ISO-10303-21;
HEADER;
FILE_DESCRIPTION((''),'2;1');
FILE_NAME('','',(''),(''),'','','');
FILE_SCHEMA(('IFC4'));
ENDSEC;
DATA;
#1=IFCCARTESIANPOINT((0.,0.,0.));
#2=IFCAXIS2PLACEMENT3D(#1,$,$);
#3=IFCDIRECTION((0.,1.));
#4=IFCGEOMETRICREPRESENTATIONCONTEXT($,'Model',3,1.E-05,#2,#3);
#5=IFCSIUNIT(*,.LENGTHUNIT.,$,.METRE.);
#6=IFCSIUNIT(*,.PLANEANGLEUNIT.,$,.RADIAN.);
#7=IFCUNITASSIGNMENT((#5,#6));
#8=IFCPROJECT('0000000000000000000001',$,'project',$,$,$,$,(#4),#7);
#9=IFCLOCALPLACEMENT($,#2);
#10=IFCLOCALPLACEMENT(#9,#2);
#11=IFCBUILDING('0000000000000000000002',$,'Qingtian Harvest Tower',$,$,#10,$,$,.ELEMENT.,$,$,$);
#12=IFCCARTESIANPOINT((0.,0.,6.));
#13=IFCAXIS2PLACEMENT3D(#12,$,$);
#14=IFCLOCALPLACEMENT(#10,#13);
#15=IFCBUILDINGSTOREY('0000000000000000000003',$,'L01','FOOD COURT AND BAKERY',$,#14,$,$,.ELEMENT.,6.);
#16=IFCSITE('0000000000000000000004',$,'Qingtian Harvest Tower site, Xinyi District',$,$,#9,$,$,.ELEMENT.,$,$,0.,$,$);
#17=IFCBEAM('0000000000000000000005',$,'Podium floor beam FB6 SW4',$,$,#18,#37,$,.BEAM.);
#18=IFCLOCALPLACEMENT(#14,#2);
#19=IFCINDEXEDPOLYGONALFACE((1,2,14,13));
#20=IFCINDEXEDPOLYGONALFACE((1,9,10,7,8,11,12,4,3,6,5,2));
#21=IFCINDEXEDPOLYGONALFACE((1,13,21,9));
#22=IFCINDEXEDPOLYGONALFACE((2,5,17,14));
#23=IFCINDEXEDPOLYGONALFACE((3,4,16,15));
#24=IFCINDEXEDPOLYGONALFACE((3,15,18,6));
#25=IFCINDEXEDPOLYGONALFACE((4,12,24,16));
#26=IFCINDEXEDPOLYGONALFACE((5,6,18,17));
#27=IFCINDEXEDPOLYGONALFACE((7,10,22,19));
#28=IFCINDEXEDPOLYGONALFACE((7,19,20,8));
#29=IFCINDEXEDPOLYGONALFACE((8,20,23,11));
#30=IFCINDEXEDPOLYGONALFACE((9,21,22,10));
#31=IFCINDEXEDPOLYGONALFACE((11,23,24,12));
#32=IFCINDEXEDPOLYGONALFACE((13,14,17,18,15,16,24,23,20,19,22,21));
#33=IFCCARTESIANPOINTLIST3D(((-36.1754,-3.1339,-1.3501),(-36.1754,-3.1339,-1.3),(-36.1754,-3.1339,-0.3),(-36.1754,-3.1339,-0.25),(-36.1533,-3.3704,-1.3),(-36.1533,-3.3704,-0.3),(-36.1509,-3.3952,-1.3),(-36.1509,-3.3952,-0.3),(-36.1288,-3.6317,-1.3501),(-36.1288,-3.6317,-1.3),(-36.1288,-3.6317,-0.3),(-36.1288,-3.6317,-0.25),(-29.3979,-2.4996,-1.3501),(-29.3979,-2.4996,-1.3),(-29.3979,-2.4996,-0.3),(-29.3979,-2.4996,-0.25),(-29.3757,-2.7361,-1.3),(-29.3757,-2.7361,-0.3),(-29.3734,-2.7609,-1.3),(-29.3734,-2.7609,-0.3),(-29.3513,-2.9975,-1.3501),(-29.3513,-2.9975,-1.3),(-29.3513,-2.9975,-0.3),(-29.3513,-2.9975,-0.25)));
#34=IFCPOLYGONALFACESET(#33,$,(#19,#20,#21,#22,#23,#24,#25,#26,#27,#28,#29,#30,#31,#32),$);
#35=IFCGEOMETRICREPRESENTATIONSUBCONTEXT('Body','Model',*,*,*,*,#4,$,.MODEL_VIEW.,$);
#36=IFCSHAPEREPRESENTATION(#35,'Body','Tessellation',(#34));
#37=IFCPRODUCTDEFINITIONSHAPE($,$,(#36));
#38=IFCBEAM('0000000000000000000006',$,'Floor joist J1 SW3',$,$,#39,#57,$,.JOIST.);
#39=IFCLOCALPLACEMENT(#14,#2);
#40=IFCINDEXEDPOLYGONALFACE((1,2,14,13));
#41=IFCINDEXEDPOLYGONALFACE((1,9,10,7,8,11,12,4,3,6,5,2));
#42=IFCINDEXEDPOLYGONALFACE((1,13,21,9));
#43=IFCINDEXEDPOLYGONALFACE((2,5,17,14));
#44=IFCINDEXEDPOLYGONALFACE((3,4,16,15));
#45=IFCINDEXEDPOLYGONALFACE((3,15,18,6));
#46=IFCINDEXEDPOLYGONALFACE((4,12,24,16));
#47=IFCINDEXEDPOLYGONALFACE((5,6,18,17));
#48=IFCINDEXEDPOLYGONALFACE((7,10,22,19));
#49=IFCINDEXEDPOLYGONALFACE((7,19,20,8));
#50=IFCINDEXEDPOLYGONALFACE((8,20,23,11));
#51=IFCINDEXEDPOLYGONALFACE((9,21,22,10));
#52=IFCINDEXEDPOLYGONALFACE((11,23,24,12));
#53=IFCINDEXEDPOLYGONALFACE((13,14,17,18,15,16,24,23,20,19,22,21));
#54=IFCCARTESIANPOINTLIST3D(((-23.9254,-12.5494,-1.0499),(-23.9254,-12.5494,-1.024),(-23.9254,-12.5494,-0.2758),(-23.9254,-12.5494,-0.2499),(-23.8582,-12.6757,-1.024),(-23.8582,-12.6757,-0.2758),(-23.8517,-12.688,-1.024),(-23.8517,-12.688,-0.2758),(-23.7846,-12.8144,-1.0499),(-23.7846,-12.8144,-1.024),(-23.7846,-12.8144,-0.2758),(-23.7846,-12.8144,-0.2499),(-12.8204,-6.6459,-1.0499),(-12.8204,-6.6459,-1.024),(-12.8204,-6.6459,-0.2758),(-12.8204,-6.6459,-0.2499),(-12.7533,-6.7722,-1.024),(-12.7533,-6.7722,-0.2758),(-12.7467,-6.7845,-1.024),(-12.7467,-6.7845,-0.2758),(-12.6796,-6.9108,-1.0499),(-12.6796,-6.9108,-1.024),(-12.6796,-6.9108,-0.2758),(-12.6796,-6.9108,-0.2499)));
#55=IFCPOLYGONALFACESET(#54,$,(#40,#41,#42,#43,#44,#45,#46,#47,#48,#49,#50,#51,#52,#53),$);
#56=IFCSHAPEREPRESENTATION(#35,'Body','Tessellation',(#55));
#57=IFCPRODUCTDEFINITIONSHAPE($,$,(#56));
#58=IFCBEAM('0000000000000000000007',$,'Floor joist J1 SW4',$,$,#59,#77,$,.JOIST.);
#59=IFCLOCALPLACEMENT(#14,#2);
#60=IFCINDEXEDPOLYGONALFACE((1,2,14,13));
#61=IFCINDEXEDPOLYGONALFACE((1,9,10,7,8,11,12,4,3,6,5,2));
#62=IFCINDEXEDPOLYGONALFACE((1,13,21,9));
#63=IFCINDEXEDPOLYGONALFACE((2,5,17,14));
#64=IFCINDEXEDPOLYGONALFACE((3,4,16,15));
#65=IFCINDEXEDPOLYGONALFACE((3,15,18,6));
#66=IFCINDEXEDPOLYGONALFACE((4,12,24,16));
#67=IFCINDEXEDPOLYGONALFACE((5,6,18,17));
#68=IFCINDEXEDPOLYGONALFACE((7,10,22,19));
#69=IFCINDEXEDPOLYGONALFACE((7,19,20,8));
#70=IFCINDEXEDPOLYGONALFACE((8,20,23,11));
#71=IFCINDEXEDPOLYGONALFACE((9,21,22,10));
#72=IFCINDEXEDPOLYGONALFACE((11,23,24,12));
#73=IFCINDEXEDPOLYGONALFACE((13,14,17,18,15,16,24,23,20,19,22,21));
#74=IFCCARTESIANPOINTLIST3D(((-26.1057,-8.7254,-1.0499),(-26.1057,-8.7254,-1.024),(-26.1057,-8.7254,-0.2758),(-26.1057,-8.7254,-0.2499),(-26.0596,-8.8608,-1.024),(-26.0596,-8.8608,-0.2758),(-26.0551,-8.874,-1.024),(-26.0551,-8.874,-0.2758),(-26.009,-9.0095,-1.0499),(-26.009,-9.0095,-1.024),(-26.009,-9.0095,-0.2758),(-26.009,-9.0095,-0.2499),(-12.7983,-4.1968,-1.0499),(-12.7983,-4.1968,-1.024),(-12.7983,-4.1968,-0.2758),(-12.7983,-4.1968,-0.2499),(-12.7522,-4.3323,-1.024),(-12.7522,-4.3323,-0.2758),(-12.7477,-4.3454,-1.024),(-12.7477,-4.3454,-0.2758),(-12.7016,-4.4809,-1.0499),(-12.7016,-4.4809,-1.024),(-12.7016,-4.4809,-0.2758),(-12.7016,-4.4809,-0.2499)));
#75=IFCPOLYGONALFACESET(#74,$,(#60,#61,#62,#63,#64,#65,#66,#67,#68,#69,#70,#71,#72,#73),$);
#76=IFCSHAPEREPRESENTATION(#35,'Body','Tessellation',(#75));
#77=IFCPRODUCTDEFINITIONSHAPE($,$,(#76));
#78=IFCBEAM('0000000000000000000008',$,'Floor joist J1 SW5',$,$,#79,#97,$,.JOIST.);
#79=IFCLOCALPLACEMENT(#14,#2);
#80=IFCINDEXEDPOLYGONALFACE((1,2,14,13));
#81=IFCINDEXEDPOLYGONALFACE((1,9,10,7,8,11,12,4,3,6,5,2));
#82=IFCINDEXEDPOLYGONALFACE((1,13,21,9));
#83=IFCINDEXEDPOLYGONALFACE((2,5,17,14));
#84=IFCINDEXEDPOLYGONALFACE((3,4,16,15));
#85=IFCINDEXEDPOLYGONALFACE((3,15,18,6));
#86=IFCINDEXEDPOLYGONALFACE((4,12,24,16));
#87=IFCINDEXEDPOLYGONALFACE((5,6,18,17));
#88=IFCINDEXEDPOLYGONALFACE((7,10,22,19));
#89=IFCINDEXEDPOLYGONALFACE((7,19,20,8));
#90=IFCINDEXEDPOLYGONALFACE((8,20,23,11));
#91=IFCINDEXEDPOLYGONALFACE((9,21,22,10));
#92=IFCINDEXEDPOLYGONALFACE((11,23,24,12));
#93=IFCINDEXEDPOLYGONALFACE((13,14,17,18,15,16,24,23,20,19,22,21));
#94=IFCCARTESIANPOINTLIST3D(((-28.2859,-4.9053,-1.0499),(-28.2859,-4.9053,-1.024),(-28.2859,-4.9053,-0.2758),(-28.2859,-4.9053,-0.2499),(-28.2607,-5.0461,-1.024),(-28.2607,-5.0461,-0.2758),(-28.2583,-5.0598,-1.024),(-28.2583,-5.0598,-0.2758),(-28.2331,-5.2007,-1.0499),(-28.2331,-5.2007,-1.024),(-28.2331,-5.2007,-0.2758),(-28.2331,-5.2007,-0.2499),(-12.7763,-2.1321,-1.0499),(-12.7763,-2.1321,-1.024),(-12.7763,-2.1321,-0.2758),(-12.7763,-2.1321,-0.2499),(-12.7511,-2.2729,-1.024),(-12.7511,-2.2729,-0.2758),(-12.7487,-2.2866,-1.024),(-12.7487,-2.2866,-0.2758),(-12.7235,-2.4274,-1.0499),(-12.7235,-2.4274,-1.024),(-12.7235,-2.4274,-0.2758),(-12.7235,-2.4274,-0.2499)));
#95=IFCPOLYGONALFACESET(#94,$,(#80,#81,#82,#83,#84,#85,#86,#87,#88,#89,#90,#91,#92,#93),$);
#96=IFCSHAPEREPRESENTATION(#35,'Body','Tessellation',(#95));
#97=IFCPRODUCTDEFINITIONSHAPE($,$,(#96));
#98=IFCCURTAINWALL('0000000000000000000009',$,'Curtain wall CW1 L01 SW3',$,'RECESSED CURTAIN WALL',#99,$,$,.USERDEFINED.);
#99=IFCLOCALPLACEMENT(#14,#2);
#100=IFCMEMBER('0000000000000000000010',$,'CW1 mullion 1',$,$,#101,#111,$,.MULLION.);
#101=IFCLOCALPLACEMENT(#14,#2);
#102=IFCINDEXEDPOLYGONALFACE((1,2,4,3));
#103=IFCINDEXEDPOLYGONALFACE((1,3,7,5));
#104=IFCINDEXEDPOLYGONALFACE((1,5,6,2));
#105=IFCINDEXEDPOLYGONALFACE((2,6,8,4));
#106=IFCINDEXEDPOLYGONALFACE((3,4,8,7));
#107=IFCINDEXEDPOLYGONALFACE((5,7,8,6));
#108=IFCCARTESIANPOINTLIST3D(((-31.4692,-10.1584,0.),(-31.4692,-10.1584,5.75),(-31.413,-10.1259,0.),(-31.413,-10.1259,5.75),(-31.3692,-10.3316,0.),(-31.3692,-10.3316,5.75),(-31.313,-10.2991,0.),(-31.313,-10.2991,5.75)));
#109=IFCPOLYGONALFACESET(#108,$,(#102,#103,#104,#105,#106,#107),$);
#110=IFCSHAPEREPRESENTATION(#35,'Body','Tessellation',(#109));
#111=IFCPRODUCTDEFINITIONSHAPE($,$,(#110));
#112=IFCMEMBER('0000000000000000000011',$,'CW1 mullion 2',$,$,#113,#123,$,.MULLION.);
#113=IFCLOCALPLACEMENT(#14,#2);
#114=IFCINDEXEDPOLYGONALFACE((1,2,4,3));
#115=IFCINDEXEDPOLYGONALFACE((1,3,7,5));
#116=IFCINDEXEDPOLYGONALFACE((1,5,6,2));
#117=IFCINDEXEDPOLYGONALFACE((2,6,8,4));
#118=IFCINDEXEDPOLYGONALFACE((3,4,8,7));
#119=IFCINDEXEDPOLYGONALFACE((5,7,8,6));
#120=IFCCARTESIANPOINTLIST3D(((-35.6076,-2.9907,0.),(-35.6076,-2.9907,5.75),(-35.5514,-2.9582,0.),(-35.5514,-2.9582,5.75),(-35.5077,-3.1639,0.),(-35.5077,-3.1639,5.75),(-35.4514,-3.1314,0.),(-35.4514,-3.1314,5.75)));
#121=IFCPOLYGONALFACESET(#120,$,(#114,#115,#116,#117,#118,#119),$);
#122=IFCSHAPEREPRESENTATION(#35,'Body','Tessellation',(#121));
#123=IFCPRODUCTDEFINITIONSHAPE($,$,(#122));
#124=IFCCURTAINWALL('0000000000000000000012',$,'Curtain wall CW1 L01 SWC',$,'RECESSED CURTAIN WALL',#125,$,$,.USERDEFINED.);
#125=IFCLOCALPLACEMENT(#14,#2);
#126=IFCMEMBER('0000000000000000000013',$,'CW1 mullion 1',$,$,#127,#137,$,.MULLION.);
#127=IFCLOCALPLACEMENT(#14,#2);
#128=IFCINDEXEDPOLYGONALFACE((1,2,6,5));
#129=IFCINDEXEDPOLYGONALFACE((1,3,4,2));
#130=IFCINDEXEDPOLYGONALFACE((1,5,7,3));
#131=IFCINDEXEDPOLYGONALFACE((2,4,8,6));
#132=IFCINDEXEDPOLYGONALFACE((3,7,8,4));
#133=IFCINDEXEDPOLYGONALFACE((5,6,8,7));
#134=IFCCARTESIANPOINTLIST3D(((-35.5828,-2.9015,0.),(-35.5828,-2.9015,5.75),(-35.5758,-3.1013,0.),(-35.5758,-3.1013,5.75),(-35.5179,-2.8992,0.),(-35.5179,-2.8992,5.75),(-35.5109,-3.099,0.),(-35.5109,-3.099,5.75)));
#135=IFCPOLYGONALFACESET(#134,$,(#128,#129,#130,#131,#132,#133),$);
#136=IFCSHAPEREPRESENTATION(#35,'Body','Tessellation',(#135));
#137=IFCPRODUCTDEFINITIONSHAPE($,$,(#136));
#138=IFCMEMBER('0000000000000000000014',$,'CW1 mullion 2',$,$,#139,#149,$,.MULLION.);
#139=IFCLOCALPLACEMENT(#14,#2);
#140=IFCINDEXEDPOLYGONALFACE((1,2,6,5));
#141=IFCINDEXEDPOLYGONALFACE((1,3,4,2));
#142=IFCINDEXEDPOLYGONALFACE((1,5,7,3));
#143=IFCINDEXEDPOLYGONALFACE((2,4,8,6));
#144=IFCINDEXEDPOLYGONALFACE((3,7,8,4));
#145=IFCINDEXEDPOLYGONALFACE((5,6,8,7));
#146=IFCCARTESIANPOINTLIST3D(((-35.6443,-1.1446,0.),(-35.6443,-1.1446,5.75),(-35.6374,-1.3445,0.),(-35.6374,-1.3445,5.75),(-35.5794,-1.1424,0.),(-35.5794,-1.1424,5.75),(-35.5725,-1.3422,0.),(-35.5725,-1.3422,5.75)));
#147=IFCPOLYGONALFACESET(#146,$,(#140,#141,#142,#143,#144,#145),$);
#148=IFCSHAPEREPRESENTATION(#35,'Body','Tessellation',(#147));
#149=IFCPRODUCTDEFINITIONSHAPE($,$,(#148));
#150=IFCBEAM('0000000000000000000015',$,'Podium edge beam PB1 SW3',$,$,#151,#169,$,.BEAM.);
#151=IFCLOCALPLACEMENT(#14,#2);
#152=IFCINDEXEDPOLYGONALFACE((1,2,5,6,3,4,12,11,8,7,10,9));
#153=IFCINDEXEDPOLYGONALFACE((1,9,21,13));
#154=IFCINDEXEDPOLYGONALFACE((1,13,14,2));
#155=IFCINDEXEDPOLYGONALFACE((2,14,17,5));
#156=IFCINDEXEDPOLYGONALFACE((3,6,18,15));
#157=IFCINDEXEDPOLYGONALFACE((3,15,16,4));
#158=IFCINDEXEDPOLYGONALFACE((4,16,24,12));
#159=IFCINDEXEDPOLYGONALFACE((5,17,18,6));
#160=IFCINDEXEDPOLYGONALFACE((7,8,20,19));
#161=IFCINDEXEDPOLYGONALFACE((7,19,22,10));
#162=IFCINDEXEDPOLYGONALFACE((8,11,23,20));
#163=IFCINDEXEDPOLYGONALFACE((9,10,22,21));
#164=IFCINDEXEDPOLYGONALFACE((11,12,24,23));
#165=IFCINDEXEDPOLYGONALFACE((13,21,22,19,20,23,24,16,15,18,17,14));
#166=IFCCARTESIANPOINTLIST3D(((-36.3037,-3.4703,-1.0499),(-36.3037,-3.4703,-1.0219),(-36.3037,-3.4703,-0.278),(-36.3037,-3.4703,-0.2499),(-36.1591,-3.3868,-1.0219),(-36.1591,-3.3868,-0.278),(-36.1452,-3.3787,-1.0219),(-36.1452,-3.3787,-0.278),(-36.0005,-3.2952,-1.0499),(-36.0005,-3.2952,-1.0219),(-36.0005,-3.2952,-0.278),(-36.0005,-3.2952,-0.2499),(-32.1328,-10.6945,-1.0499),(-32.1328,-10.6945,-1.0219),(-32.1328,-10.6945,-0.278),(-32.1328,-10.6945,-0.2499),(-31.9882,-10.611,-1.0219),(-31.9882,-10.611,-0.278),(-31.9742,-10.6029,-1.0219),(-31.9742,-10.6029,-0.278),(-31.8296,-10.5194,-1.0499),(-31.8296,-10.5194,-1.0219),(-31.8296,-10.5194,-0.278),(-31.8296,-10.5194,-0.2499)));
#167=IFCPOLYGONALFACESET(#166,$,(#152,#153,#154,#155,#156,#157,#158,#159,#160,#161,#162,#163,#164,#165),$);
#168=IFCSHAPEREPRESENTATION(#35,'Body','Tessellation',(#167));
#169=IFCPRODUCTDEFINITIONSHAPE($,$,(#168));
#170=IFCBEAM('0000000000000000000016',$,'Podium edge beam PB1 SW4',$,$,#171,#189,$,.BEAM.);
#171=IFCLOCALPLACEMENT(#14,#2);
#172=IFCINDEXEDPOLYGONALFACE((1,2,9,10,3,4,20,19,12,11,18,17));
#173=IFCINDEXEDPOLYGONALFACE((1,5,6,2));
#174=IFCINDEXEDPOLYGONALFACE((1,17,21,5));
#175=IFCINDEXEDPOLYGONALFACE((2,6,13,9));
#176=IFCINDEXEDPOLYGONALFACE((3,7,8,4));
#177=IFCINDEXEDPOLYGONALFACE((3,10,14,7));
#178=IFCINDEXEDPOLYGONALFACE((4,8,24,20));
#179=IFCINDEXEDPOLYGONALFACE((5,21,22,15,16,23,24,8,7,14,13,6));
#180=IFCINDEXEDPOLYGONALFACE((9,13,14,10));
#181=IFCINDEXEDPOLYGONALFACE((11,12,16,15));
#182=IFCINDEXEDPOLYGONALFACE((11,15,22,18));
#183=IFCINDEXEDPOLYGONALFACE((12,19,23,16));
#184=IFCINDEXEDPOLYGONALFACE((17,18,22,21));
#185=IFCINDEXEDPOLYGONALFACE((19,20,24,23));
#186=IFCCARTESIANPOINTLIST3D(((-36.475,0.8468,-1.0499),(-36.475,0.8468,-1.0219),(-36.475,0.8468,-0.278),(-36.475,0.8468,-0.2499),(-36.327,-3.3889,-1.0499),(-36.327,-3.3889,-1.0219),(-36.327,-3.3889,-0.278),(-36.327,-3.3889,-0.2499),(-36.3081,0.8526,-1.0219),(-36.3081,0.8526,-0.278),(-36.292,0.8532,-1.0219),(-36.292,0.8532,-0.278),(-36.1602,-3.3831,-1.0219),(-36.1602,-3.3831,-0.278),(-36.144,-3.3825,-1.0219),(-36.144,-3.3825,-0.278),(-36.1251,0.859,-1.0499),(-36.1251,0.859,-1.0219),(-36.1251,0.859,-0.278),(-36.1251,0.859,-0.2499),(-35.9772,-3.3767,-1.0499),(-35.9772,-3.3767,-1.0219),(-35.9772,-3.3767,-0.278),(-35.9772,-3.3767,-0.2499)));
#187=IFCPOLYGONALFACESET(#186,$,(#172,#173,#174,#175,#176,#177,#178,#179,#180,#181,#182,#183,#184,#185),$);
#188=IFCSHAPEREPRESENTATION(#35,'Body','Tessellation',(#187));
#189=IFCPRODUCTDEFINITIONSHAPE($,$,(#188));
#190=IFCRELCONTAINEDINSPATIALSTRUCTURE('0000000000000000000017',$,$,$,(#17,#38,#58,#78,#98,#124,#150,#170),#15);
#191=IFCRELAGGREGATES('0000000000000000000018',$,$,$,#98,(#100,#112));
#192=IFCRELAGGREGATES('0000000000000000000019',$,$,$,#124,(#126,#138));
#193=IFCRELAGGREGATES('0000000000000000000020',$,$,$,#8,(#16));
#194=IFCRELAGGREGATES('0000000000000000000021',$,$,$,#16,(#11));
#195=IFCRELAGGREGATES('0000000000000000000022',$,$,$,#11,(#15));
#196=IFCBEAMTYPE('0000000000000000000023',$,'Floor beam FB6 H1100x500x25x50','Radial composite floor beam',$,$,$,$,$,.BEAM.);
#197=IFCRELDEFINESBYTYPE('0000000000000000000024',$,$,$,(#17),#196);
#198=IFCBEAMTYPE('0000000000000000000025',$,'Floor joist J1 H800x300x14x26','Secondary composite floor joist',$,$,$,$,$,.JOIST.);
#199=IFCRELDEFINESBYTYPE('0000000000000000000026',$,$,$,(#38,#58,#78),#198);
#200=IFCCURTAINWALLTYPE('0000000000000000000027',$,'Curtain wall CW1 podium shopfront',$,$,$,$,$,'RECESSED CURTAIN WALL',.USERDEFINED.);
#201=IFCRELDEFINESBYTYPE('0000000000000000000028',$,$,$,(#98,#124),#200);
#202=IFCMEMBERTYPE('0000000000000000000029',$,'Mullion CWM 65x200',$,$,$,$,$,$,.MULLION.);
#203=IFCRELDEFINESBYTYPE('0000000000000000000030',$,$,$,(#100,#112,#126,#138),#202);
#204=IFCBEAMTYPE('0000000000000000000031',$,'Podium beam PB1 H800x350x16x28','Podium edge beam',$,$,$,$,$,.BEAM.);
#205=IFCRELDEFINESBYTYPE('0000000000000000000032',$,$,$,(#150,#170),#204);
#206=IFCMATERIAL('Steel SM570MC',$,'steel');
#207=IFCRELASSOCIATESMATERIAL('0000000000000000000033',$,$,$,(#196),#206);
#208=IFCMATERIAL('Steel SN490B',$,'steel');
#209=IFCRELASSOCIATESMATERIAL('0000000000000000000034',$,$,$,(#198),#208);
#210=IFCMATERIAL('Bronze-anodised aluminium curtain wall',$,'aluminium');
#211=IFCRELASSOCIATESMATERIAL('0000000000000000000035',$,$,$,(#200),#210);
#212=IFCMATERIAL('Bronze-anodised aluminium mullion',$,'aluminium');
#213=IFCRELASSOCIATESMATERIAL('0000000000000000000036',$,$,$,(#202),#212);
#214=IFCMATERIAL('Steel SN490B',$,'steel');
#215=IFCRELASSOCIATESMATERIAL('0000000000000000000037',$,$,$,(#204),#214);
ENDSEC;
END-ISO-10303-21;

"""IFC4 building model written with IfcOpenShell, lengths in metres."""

from ifc_helpers import new_model, si_unit, direction, frame, origin, origin_2d, place, context, subcontext, project, spatial, rectangle, i_section, extrude, material, material_profile, profile_set, type_object, element, aggregate, save


model = new_model("IFC4")

# Units and contexts
model_context = context("Model", 3, precision=1e-05, world=origin(), true_north=direction((0.0, 1.0)))
body_context = subcontext(model_context, "Body", "Model", "MODEL_VIEW")
ifc_project = project(units=[si_unit("LENGTHUNIT", "METRE"), si_unit("PLANEANGLEUNIT", "RADIAN")], contexts=[model_context])

# Site, building, storey
site_placement = place(None, origin())
site = spatial("IfcSite", under=ifc_project, at=site_placement, Name="Qingtian Harvest Tower site, Xinyi District", CompositionType="ELEMENT", RefElevation=0.0)
building_placement = place(site_placement, origin())
building = spatial("IfcBuilding", under=site, at=building_placement, Name="Qingtian Harvest Tower", CompositionType="ELEMENT")
storey_placement = place(building_placement, frame((0.0, 0.0, 6.0)))
storey = spatial("IfcBuildingStorey", under=building, at=storey_placement, Name="L01", Description="FOOD COURT AND BAKERY", CompositionType="ELEMENT", Elevation=6.0)

# Beams
ifc_material_1 = material(Name="Steel SM570MC", Category="steel")
ifc_material_profile_1 = material_profile(ifc_material_1, i_section(OverallWidth=0.5, OverallDepth=1.1001, WebThickness=0.0249, FlangeThickness=0.05, at=origin_2d()), Name="H1100x500x25x50")
ifc_profile_set_1 = profile_set([ifc_material_profile_1], Name="Steel SM570MC")
beam_type_1 = type_object("IfcBeamType", Name="Floor beam FB6 H1100x500x25x50", Description="Radial composite floor beam", PredefinedType="BEAM", material=ifc_profile_set_1)
beam_1_placement = place(storey_placement, frame((-36.1521, -3.3828, -0.8), z_axis=(0.99565, 0.093177, 0.0), x_axis=(-0.093177, 0.99565, 0.0)))
element("IfcBeam", 1, at=beam_1_placement, inside=storey, type_object=beam_type_1, Name="Podium floor beam FB6 SW4", PredefinedType="BEAM", context=body_context, shape_type="SweptSolid", body=[
    extrude(i_section(OverallWidth=0.5, OverallDepth=1.1001, WebThickness=0.0249, FlangeThickness=0.05, at=origin_2d()), origin(), (0.0, 0.0, 1.0), 6.8071),
])
ifc_material_2 = material(Name="Steel SN490B", Category="steel")
ifc_material_profile_2 = material_profile(ifc_material_2, i_section(OverallWidth=0.3, OverallDepth=0.8, WebThickness=0.0139, FlangeThickness=0.0259, at=origin_2d()), Name="H800x300x14x26")
ifc_profile_set_2 = profile_set([ifc_material_profile_2], Name="Steel SN490B")
beam_type_2 = type_object("IfcBeamType", Name="Floor joist J1 H800x300x14x26", Description="Secondary composite floor joist", PredefinedType="JOIST", material=ifc_profile_set_2)
beam_2_placement = place(storey_placement, frame((-23.855, -12.6819, -0.6499), z_axis=(0.882982, 0.469406, 0.0), x_axis=(-0.469406, 0.882982, 0.0)))
element("IfcBeam", 2, at=beam_2_placement, inside=storey, type_object=beam_type_2, Name="Floor joist J1 SW3", PredefinedType="JOIST", context=body_context, shape_type="SweptSolid", body=[
    extrude(i_section(OverallWidth=0.3, OverallDepth=0.8, WebThickness=0.0139, FlangeThickness=0.0259, at=origin_2d()), origin(), (0.0, 0.0, 1.0), 12.5767),
])
beam_3_placement = place(storey_placement, frame((-26.0574, -8.8674, -0.6499), z_axis=(0.946685, 0.322161, 0.0), x_axis=(-0.322161, 0.946685, 0.0)))
element("IfcBeam", 3, at=beam_3_placement, inside=storey, type_object=beam_type_2, Name="Floor joist J1 SW4", PredefinedType="JOIST", context=body_context, shape_type="SweptSolid", body=[
    extrude(i_section(OverallWidth=0.3, OverallDepth=0.8, WebThickness=0.0139, FlangeThickness=0.0259, at=origin_2d()), origin(), (0.0, 0.0, 1.0), 14.0569),
])
beam_4_placement = place(storey_placement, frame((-28.2595, -5.053, -0.6499), z_axis=(0.984388, 0.176014, 0.0), x_axis=(-0.176014, 0.984388, 0.0)))
element("IfcBeam", 4, at=beam_4_placement, inside=storey, type_object=beam_type_2, Name="Floor joist J1 SW5", PredefinedType="JOIST", context=body_context, shape_type="SweptSolid", body=[
    extrude(i_section(OverallWidth=0.3, OverallDepth=0.8, WebThickness=0.0139, FlangeThickness=0.0259, at=origin_2d()), origin(), (0.0, 0.0, 1.0), 15.7556),
])

# Curtain walls, members
ifc_material_3 = material(Name="Bronze-anodised aluminium curtain wall", Category="aluminium")
curtain_wall_type = type_object("IfcCurtainWallType", Name="Curtain wall CW1 podium shopfront", ElementType="RECESSED CURTAIN WALL", PredefinedType="USERDEFINED", material=ifc_material_3)
curtain_wall_1_placement = place(storey_placement, origin())
curtain_wall_1 = element("IfcCurtainWall", 5, at=curtain_wall_1_placement, inside=storey, type_object=curtain_wall_type, Name="Curtain wall CW1 L01 SW3", ObjectType="RECESSED CURTAIN WALL", PredefinedType="USERDEFINED")
ifc_material_4 = material(Name="Bronze-anodised aluminium mullion", Category="aluminium")
ifc_material_profile_3 = material_profile(ifc_material_4, rectangle(XDim=0.0649, YDim=0.2, at=origin_2d()), Name="AL 65x200")
ifc_profile_set_3 = profile_set([ifc_material_profile_3], Name="Bronze-anodised aluminium mullion")
member_type_1 = type_object("IfcMemberType", Name="Mullion CWM 65x200", PredefinedType="MULLION", material=ifc_profile_set_3)
member_1_placement = place(storey_placement, frame((-31.3911, -10.2288, 0.0), z_axis=(0.0, 0.0, 1.0), x_axis=(-0.866025, -0.5, 0.0)))
member_1 = element("IfcMember", 6, at=member_1_placement, type_object=member_type_1, Name="CW1 mullion 1", PredefinedType="MULLION", context=body_context, shape_type="SweptSolid", body=[
    extrude(rectangle(XDim=0.0649, YDim=0.2, at=origin_2d()), origin(), (0.0, 0.0, 1.0), 5.75),
])
member_2_placement = place(storey_placement, frame((-35.5295, -3.061, 0.0), z_axis=(0.0, 0.0, 1.0), x_axis=(-0.866025, -0.5, 0.0)))
member_2 = element("IfcMember", 7, at=member_2_placement, type_object=member_type_1, Name="CW1 mullion 2", PredefinedType="MULLION", context=body_context, shape_type="SweptSolid", body=[
    extrude(rectangle(XDim=0.0649, YDim=0.2, at=origin_2d()), origin(), (0.0, 0.0, 1.0), 5.75),
])
curtain_wall_2_placement = place(storey_placement, origin())
curtain_wall_2 = element("IfcCurtainWall", 8, at=curtain_wall_2_placement, inside=storey, type_object=curtain_wall_type, Name="Curtain wall CW1 L01 SWC", ObjectType="RECESSED CURTAIN WALL", PredefinedType="USERDEFINED")
member_3_placement = place(storey_placement, frame((-35.5469, -3.0002, 0.0), z_axis=(0.0, 0.0, 1.0), x_axis=(-0.999391, -0.034899, 0.0)))
member_3 = element("IfcMember", 9, at=member_3_placement, type_object=member_type_1, Name="CW1 mullion 1", PredefinedType="MULLION", context=body_context, shape_type="SweptSolid", body=[
    extrude(rectangle(XDim=0.0649, YDim=0.2, at=origin_2d()), origin(), (0.0, 0.0, 1.0), 5.75),
])
member_4_placement = place(storey_placement, frame((-35.6084, -1.2434, 0.0), z_axis=(0.0, 0.0, 1.0), x_axis=(-0.999391, -0.034899, 0.0)))
member_4 = element("IfcMember", 10, at=member_4_placement, type_object=member_type_1, Name="CW1 mullion 2", PredefinedType="MULLION", context=body_context, shape_type="SweptSolid", body=[
    extrude(rectangle(XDim=0.0649, YDim=0.2, at=origin_2d()), origin(), (0.0, 0.0, 1.0), 5.75),
])

# Beams
ifc_material_5 = material(Name="Steel SN490B", Category="steel")
ifc_material_profile_4 = material_profile(ifc_material_5, i_section(OverallWidth=0.3501, OverallDepth=0.8, WebThickness=0.0161, FlangeThickness=0.0281, at=origin_2d()), Name="H800x350x16x28")
ifc_profile_set_4 = profile_set([ifc_material_profile_4], Name="Steel SN490B")
beam_type_3 = type_object("IfcBeamType", Name="Podium beam PB1 H800x350x16x28", Description="Podium edge beam", PredefinedType="BEAM", material=ifc_profile_set_4)
beam_5_placement = place(storey_placement, frame((-31.9812, -10.6069, -0.6499), z_axis=(-0.500005, 0.866023, 0.0), x_axis=(-0.866023, -0.500005, 0.0)))
element("IfcBeam", 11, at=beam_5_placement, inside=storey, type_object=beam_type_3, Name="Podium edge beam PB1 SW3", PredefinedType="BEAM", context=body_context, shape_type="SweptSolid", body=[
    extrude(i_section(OverallWidth=0.3501, OverallDepth=0.8, WebThickness=0.0161, FlangeThickness=0.0281, at=origin_2d()), origin(), (0.0, 0.0, 1.0), 8.3418),
])
beam_6_placement = place(storey_placement, frame((-36.1521, -3.3828, -0.6499), z_axis=(-0.034909, 0.999391, 0.0), x_axis=(-0.999391, -0.034909, 0.0)))
element("IfcBeam", 12, at=beam_6_placement, inside=storey, type_object=beam_type_3, Name="Podium edge beam PB1 SW4", PredefinedType="BEAM", context=body_context, shape_type="SweptSolid", body=[
    extrude(i_section(OverallWidth=0.3501, OverallDepth=0.8, WebThickness=0.0161, FlangeThickness=0.0281, at=origin_2d()), origin(), (0.0, 0.0, 1.0), 4.2383),
])

aggregate(curtain_wall_1, [member_1, member_2])
aggregate(curtain_wall_2, [member_3, member_4])

save(model, "model.ifc")
